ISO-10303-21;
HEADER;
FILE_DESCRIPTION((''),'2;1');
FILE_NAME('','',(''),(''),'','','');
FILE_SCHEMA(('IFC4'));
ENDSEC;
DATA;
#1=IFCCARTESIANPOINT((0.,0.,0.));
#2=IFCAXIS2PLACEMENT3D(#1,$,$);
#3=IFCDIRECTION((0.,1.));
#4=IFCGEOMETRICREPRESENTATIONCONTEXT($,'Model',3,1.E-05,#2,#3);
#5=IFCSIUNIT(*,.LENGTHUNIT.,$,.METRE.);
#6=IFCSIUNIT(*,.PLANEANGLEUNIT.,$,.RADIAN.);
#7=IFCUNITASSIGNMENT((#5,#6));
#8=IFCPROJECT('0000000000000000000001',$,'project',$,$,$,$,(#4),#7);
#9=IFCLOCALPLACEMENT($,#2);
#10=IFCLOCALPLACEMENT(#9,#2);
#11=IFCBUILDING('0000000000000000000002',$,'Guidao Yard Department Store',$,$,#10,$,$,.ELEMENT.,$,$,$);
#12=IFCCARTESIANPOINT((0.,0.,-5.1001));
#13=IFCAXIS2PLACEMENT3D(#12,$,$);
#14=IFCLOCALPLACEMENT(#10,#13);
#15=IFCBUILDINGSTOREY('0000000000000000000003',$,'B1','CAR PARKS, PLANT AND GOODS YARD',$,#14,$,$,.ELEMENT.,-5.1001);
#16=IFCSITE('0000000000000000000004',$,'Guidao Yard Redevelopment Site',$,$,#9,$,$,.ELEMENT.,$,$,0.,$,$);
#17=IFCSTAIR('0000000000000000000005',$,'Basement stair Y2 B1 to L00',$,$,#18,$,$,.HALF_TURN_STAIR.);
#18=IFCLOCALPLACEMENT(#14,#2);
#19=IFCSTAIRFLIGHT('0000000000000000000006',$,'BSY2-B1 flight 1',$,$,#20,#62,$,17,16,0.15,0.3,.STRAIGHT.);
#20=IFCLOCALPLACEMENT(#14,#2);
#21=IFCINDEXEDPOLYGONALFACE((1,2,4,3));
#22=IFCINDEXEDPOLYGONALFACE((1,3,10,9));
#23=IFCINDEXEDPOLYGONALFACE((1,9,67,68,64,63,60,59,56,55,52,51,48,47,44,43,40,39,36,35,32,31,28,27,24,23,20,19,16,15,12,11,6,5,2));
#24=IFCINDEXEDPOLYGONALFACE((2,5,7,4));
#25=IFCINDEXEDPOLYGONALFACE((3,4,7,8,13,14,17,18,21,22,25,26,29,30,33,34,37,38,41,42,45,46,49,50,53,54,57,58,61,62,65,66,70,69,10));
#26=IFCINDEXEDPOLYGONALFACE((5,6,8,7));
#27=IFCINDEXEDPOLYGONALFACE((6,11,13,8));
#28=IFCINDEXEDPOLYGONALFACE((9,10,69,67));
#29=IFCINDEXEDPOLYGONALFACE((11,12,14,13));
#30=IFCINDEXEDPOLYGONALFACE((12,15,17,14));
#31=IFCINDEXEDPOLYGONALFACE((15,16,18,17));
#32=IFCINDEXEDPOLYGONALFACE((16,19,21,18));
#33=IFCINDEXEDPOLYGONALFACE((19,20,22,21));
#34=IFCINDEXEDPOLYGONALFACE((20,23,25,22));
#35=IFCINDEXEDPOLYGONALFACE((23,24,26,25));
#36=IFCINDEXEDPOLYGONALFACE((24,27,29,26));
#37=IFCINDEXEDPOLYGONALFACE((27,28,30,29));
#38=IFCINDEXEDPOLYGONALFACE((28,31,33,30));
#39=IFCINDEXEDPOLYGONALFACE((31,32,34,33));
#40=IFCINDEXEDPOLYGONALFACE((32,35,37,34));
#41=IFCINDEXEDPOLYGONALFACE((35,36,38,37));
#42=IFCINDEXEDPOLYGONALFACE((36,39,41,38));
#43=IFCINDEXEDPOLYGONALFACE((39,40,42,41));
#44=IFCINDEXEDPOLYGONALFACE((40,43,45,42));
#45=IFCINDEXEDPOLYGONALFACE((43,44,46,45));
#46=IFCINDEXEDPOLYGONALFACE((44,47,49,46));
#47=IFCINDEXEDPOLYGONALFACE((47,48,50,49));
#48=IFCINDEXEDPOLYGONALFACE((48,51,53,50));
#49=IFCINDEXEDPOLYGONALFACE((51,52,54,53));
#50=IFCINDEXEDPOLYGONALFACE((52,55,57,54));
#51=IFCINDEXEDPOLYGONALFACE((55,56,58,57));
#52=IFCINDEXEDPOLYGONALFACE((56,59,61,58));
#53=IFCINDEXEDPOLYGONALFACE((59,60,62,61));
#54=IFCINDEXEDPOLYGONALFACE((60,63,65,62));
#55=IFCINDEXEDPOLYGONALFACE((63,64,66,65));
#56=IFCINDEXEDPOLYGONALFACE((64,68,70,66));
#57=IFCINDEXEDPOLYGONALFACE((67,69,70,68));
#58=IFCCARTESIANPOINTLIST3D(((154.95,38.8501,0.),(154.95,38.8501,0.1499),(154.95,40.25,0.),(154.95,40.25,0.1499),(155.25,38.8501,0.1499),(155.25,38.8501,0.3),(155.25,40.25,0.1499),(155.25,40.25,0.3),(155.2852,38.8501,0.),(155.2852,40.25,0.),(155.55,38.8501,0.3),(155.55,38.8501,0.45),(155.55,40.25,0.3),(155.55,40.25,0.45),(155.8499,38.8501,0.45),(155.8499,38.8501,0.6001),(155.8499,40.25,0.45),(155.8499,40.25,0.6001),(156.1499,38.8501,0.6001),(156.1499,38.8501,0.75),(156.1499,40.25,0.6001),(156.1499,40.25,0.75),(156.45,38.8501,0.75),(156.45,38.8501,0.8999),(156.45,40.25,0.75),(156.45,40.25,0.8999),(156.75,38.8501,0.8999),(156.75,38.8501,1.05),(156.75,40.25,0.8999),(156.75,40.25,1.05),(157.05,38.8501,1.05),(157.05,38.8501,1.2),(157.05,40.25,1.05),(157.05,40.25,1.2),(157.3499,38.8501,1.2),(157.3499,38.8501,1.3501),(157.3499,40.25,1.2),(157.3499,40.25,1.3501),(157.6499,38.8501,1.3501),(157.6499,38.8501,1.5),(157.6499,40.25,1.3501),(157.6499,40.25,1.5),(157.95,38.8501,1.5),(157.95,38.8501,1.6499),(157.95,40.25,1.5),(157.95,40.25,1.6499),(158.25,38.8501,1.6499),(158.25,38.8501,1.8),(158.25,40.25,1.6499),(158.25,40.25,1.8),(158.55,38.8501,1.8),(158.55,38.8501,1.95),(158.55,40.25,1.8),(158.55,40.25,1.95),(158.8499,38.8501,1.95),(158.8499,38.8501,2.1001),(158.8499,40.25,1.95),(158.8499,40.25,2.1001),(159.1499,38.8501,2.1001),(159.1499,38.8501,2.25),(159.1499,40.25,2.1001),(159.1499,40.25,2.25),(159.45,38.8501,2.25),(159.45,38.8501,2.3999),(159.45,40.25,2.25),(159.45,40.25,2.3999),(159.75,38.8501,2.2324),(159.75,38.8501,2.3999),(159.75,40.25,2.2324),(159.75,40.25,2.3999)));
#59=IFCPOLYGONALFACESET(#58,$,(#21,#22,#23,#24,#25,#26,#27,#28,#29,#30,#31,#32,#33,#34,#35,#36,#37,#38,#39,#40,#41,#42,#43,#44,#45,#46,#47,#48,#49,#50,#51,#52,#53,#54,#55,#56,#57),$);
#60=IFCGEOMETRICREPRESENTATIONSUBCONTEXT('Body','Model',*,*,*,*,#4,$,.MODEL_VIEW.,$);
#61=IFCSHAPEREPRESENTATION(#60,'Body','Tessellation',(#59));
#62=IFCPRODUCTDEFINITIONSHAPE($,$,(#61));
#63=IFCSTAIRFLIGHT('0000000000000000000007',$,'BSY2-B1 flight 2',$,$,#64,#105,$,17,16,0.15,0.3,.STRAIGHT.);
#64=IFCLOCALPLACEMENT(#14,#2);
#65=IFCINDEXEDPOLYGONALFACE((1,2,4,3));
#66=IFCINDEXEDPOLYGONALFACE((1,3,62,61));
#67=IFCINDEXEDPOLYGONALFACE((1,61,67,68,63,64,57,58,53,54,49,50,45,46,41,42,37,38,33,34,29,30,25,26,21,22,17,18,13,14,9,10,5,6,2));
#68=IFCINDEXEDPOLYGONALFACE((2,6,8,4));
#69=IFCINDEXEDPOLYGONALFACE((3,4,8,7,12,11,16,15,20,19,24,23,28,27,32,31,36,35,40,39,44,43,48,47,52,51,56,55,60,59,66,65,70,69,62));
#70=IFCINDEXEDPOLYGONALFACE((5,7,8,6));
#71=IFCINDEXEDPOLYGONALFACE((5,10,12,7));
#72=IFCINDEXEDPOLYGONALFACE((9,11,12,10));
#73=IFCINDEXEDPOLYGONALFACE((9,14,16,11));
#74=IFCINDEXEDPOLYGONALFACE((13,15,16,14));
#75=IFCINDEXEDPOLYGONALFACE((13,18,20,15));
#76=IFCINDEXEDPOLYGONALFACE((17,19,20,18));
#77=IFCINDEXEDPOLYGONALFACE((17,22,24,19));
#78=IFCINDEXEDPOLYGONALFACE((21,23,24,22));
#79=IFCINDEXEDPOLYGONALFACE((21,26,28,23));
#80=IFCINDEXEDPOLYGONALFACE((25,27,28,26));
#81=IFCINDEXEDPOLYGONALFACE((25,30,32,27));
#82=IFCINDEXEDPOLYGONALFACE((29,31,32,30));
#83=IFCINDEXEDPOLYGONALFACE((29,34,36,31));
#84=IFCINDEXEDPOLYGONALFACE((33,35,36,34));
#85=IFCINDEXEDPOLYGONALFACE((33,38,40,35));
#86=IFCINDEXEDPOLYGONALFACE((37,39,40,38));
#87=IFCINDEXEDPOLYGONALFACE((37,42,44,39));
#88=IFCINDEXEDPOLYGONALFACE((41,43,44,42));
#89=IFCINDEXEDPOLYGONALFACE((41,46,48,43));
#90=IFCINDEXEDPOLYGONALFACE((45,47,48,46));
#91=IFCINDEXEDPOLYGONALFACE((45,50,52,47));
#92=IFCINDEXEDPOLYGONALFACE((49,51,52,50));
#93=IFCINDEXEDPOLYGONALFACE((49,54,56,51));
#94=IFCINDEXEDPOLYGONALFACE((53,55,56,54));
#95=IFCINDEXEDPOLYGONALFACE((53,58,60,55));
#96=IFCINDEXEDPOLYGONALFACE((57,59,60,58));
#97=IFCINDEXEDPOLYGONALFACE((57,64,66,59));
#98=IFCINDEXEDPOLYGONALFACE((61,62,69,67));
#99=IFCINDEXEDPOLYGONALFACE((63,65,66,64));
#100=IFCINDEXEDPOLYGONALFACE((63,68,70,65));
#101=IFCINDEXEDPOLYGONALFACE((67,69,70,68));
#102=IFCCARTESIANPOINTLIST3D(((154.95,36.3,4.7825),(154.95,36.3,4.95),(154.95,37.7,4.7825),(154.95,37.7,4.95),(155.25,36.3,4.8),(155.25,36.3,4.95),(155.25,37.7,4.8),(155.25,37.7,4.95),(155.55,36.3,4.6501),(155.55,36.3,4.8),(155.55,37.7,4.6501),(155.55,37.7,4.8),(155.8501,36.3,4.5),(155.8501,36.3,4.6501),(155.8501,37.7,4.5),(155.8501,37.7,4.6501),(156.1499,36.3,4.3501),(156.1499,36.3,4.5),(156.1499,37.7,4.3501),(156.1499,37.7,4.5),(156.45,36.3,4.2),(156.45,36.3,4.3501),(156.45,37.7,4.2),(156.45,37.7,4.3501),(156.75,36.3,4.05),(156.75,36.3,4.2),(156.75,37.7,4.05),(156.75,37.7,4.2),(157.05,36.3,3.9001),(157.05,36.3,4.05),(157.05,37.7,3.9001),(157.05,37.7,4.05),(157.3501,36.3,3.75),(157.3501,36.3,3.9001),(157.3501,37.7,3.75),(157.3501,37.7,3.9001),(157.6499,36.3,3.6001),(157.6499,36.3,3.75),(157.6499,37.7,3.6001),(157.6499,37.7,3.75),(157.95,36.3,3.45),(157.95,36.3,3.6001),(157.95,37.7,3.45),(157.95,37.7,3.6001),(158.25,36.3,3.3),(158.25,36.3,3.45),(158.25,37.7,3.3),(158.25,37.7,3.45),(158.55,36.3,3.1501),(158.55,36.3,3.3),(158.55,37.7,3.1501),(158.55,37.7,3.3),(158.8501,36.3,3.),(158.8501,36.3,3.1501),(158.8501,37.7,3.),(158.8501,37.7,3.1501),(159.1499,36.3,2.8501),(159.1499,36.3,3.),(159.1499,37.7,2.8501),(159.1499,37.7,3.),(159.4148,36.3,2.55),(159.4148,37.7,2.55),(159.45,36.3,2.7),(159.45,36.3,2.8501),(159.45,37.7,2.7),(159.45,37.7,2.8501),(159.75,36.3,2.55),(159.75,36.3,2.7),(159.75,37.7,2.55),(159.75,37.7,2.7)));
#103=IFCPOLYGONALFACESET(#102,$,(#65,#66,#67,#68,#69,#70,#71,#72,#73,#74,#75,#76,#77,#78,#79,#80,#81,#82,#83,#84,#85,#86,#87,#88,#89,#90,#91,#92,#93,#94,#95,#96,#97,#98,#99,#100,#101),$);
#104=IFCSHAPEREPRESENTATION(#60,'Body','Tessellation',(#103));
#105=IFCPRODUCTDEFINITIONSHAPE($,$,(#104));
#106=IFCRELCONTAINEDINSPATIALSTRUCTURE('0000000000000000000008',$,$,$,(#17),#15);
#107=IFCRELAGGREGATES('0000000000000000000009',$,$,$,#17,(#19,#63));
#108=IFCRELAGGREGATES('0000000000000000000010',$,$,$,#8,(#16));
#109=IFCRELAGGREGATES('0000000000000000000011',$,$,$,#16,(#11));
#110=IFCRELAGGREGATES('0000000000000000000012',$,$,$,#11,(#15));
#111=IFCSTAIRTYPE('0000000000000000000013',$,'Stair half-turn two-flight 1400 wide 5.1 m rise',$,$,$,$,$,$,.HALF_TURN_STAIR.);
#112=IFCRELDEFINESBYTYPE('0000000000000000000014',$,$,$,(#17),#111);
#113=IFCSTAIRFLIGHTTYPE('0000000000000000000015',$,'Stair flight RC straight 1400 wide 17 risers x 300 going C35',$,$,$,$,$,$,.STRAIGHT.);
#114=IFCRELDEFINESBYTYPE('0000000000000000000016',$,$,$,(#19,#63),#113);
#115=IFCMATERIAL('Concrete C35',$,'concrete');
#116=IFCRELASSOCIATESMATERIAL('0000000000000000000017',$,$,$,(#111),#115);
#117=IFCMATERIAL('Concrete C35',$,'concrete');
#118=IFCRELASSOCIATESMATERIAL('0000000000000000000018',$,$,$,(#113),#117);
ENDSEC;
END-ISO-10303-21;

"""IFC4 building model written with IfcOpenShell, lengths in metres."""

from ifc_helpers import new_model, si_unit, direction, frame, origin, place, context, subcontext, project, spatial, polyline, outline, extrude, material, type_object, element, aggregate, save


model = new_model("IFC4")

# Units and contexts
model_context = context("Model", 3, precision=1e-05, world=origin(), true_north=direction((0.0, 1.0)))
body_context = subcontext(model_context, "Body", "Model", "MODEL_VIEW")
ifc_project = project(units=[si_unit("LENGTHUNIT", "METRE"), si_unit("PLANEANGLEUNIT", "RADIAN")], contexts=[model_context])

# Site, building, storey
site_placement = place(None, origin())
site = spatial("IfcSite", under=ifc_project, at=site_placement, Name="Guidao Yard Redevelopment Site", CompositionType="ELEMENT", RefElevation=0.0)
building_placement = place(site_placement, origin())
building = spatial("IfcBuilding", under=site, at=building_placement, Name="Guidao Yard Department Store", CompositionType="ELEMENT")
storey_placement = place(building_placement, frame((0.0, 0.0, -5.1001)))
storey = spatial("IfcBuildingStorey", under=building, at=storey_placement, Name="B1", Description="CAR PARKS, PLANT AND GOODS YARD", CompositionType="ELEMENT", Elevation=-5.1001)

# Stair, stair flights
ifc_material_1 = material(Name="Concrete C35", Category="concrete")
stair_type = type_object("IfcStairType", Name="Stair half-turn two-flight 1400 wide 5.1 m rise", PredefinedType="HALF_TURN_STAIR", material=ifc_material_1)
stair_placement = place(storey_placement, origin())
stair = element("IfcStair", 1, at=stair_placement, inside=storey, type_object=stair_type, Name="Basement stair Y2 B1 to L00", PredefinedType="HALF_TURN_STAIR")
ifc_material_2 = material(Name="Concrete C35", Category="concrete")
stair_flight_type = type_object("IfcStairFlightType", Name="Stair flight RC straight 1400 wide 17 risers x 300 going C35", PredefinedType="STRAIGHT", material=ifc_material_2)
stair_flight_1_placement = place(storey_placement, frame((154.95, 39.55, 0.0), z_axis=(0.0, 0.0, 1.0), x_axis=(1.0, 0.0, 0.0)))
stair_flight_1 = element("IfcStairFlight", 2, at=stair_flight_1_placement, type_object=stair_flight_type, Name="BSY2-B1 flight 1", NumberOfRisers=17, NumberOfTreads=16, PredefinedType="STRAIGHT", RiserHeight=0.15, TreadLength=0.3, context=body_context, shape_type="SweptSolid", body=[
    extrude(outline(polyline([(0.0, 0.0), (0.0, 0.1499), (0.3, 0.1499), (0.3, 0.3), (0.6001, 0.3), (0.6001, 0.45), (0.8999, 0.45), (0.8999, 0.6001), (1.2, 0.6001), (1.2, 0.75), (1.5, 0.75), (1.5, 0.8999), (1.8, 0.8999), (1.8, 1.05), (2.1001, 1.05), (2.1001, 1.2), (2.3999, 1.2), (2.3999, 1.3501), (2.7, 1.3501), (2.7, 1.5), (3.0, 1.5), (3.0, 1.6499), (3.3, 1.6499), (3.3, 1.8), (3.6001, 1.8), (3.6001, 1.95), (3.8999, 1.95), (3.8999, 2.1001), (4.2, 2.1001), (4.2, 2.25), (4.5, 2.25), (4.5, 2.3999), (4.8, 2.3999), (4.8, 2.55), (4.8, 2.2324), (0.3352, 0.0), (0.0, 0.0)])), frame((0.0, 0.7, 0.0), z_axis=(0.0, -1.0, 0.0), x_axis=(1.0, 0.0, 0.0)), (0.0, 0.0, 1.0), 1.3999),
])
stair_flight_2_placement = place(storey_placement, frame((159.75, 37.0, 2.55), z_axis=(0.0, 0.0, 1.0), x_axis=(-1.0, 0.0, 0.0)))
stair_flight_2 = element("IfcStairFlight", 3, at=stair_flight_2_placement, type_object=stair_flight_type, Name="BSY2-B1 flight 2", NumberOfRisers=17, NumberOfTreads=16, PredefinedType="STRAIGHT", RiserHeight=0.15, TreadLength=0.3, context=body_context, shape_type="SweptSolid", body=[
    extrude(outline(polyline([(0.0, 0.0), (0.0, 0.1499), (0.3, 0.1499), (0.3, 0.3), (0.6001, 0.3), (0.6001, 0.45), (0.8999, 0.45), (0.8999, 0.6001), (1.2, 0.6001), (1.2, 0.75), (1.5, 0.75), (1.5, 0.8999), (1.8, 0.8999), (1.8, 1.05), (2.1001, 1.05), (2.1001, 1.2), (2.3999, 1.2), (2.3999, 1.3501), (2.7, 1.3501), (2.7, 1.5), (3.0, 1.5), (3.0, 1.6499), (3.3, 1.6499), (3.3, 1.8), (3.6001, 1.8), (3.6001, 1.95), (3.8999, 1.95), (3.8999, 2.1001), (4.2, 2.1001), (4.2, 2.25), (4.5, 2.25), (4.5, 2.3999), (4.8, 2.3999), (4.8, 2.55), (4.8, 2.2324), (0.3352, 0.0), (0.0, 0.0)])), frame((0.0, 0.7, 0.0), z_axis=(0.0, -1.0, 0.0), x_axis=(1.0, 0.0, 0.0)), (0.0, 0.0, 1.0), 1.3999),
])
aggregate(stair, [stair_flight_1, stair_flight_2])

save(model, "model.ifc")
